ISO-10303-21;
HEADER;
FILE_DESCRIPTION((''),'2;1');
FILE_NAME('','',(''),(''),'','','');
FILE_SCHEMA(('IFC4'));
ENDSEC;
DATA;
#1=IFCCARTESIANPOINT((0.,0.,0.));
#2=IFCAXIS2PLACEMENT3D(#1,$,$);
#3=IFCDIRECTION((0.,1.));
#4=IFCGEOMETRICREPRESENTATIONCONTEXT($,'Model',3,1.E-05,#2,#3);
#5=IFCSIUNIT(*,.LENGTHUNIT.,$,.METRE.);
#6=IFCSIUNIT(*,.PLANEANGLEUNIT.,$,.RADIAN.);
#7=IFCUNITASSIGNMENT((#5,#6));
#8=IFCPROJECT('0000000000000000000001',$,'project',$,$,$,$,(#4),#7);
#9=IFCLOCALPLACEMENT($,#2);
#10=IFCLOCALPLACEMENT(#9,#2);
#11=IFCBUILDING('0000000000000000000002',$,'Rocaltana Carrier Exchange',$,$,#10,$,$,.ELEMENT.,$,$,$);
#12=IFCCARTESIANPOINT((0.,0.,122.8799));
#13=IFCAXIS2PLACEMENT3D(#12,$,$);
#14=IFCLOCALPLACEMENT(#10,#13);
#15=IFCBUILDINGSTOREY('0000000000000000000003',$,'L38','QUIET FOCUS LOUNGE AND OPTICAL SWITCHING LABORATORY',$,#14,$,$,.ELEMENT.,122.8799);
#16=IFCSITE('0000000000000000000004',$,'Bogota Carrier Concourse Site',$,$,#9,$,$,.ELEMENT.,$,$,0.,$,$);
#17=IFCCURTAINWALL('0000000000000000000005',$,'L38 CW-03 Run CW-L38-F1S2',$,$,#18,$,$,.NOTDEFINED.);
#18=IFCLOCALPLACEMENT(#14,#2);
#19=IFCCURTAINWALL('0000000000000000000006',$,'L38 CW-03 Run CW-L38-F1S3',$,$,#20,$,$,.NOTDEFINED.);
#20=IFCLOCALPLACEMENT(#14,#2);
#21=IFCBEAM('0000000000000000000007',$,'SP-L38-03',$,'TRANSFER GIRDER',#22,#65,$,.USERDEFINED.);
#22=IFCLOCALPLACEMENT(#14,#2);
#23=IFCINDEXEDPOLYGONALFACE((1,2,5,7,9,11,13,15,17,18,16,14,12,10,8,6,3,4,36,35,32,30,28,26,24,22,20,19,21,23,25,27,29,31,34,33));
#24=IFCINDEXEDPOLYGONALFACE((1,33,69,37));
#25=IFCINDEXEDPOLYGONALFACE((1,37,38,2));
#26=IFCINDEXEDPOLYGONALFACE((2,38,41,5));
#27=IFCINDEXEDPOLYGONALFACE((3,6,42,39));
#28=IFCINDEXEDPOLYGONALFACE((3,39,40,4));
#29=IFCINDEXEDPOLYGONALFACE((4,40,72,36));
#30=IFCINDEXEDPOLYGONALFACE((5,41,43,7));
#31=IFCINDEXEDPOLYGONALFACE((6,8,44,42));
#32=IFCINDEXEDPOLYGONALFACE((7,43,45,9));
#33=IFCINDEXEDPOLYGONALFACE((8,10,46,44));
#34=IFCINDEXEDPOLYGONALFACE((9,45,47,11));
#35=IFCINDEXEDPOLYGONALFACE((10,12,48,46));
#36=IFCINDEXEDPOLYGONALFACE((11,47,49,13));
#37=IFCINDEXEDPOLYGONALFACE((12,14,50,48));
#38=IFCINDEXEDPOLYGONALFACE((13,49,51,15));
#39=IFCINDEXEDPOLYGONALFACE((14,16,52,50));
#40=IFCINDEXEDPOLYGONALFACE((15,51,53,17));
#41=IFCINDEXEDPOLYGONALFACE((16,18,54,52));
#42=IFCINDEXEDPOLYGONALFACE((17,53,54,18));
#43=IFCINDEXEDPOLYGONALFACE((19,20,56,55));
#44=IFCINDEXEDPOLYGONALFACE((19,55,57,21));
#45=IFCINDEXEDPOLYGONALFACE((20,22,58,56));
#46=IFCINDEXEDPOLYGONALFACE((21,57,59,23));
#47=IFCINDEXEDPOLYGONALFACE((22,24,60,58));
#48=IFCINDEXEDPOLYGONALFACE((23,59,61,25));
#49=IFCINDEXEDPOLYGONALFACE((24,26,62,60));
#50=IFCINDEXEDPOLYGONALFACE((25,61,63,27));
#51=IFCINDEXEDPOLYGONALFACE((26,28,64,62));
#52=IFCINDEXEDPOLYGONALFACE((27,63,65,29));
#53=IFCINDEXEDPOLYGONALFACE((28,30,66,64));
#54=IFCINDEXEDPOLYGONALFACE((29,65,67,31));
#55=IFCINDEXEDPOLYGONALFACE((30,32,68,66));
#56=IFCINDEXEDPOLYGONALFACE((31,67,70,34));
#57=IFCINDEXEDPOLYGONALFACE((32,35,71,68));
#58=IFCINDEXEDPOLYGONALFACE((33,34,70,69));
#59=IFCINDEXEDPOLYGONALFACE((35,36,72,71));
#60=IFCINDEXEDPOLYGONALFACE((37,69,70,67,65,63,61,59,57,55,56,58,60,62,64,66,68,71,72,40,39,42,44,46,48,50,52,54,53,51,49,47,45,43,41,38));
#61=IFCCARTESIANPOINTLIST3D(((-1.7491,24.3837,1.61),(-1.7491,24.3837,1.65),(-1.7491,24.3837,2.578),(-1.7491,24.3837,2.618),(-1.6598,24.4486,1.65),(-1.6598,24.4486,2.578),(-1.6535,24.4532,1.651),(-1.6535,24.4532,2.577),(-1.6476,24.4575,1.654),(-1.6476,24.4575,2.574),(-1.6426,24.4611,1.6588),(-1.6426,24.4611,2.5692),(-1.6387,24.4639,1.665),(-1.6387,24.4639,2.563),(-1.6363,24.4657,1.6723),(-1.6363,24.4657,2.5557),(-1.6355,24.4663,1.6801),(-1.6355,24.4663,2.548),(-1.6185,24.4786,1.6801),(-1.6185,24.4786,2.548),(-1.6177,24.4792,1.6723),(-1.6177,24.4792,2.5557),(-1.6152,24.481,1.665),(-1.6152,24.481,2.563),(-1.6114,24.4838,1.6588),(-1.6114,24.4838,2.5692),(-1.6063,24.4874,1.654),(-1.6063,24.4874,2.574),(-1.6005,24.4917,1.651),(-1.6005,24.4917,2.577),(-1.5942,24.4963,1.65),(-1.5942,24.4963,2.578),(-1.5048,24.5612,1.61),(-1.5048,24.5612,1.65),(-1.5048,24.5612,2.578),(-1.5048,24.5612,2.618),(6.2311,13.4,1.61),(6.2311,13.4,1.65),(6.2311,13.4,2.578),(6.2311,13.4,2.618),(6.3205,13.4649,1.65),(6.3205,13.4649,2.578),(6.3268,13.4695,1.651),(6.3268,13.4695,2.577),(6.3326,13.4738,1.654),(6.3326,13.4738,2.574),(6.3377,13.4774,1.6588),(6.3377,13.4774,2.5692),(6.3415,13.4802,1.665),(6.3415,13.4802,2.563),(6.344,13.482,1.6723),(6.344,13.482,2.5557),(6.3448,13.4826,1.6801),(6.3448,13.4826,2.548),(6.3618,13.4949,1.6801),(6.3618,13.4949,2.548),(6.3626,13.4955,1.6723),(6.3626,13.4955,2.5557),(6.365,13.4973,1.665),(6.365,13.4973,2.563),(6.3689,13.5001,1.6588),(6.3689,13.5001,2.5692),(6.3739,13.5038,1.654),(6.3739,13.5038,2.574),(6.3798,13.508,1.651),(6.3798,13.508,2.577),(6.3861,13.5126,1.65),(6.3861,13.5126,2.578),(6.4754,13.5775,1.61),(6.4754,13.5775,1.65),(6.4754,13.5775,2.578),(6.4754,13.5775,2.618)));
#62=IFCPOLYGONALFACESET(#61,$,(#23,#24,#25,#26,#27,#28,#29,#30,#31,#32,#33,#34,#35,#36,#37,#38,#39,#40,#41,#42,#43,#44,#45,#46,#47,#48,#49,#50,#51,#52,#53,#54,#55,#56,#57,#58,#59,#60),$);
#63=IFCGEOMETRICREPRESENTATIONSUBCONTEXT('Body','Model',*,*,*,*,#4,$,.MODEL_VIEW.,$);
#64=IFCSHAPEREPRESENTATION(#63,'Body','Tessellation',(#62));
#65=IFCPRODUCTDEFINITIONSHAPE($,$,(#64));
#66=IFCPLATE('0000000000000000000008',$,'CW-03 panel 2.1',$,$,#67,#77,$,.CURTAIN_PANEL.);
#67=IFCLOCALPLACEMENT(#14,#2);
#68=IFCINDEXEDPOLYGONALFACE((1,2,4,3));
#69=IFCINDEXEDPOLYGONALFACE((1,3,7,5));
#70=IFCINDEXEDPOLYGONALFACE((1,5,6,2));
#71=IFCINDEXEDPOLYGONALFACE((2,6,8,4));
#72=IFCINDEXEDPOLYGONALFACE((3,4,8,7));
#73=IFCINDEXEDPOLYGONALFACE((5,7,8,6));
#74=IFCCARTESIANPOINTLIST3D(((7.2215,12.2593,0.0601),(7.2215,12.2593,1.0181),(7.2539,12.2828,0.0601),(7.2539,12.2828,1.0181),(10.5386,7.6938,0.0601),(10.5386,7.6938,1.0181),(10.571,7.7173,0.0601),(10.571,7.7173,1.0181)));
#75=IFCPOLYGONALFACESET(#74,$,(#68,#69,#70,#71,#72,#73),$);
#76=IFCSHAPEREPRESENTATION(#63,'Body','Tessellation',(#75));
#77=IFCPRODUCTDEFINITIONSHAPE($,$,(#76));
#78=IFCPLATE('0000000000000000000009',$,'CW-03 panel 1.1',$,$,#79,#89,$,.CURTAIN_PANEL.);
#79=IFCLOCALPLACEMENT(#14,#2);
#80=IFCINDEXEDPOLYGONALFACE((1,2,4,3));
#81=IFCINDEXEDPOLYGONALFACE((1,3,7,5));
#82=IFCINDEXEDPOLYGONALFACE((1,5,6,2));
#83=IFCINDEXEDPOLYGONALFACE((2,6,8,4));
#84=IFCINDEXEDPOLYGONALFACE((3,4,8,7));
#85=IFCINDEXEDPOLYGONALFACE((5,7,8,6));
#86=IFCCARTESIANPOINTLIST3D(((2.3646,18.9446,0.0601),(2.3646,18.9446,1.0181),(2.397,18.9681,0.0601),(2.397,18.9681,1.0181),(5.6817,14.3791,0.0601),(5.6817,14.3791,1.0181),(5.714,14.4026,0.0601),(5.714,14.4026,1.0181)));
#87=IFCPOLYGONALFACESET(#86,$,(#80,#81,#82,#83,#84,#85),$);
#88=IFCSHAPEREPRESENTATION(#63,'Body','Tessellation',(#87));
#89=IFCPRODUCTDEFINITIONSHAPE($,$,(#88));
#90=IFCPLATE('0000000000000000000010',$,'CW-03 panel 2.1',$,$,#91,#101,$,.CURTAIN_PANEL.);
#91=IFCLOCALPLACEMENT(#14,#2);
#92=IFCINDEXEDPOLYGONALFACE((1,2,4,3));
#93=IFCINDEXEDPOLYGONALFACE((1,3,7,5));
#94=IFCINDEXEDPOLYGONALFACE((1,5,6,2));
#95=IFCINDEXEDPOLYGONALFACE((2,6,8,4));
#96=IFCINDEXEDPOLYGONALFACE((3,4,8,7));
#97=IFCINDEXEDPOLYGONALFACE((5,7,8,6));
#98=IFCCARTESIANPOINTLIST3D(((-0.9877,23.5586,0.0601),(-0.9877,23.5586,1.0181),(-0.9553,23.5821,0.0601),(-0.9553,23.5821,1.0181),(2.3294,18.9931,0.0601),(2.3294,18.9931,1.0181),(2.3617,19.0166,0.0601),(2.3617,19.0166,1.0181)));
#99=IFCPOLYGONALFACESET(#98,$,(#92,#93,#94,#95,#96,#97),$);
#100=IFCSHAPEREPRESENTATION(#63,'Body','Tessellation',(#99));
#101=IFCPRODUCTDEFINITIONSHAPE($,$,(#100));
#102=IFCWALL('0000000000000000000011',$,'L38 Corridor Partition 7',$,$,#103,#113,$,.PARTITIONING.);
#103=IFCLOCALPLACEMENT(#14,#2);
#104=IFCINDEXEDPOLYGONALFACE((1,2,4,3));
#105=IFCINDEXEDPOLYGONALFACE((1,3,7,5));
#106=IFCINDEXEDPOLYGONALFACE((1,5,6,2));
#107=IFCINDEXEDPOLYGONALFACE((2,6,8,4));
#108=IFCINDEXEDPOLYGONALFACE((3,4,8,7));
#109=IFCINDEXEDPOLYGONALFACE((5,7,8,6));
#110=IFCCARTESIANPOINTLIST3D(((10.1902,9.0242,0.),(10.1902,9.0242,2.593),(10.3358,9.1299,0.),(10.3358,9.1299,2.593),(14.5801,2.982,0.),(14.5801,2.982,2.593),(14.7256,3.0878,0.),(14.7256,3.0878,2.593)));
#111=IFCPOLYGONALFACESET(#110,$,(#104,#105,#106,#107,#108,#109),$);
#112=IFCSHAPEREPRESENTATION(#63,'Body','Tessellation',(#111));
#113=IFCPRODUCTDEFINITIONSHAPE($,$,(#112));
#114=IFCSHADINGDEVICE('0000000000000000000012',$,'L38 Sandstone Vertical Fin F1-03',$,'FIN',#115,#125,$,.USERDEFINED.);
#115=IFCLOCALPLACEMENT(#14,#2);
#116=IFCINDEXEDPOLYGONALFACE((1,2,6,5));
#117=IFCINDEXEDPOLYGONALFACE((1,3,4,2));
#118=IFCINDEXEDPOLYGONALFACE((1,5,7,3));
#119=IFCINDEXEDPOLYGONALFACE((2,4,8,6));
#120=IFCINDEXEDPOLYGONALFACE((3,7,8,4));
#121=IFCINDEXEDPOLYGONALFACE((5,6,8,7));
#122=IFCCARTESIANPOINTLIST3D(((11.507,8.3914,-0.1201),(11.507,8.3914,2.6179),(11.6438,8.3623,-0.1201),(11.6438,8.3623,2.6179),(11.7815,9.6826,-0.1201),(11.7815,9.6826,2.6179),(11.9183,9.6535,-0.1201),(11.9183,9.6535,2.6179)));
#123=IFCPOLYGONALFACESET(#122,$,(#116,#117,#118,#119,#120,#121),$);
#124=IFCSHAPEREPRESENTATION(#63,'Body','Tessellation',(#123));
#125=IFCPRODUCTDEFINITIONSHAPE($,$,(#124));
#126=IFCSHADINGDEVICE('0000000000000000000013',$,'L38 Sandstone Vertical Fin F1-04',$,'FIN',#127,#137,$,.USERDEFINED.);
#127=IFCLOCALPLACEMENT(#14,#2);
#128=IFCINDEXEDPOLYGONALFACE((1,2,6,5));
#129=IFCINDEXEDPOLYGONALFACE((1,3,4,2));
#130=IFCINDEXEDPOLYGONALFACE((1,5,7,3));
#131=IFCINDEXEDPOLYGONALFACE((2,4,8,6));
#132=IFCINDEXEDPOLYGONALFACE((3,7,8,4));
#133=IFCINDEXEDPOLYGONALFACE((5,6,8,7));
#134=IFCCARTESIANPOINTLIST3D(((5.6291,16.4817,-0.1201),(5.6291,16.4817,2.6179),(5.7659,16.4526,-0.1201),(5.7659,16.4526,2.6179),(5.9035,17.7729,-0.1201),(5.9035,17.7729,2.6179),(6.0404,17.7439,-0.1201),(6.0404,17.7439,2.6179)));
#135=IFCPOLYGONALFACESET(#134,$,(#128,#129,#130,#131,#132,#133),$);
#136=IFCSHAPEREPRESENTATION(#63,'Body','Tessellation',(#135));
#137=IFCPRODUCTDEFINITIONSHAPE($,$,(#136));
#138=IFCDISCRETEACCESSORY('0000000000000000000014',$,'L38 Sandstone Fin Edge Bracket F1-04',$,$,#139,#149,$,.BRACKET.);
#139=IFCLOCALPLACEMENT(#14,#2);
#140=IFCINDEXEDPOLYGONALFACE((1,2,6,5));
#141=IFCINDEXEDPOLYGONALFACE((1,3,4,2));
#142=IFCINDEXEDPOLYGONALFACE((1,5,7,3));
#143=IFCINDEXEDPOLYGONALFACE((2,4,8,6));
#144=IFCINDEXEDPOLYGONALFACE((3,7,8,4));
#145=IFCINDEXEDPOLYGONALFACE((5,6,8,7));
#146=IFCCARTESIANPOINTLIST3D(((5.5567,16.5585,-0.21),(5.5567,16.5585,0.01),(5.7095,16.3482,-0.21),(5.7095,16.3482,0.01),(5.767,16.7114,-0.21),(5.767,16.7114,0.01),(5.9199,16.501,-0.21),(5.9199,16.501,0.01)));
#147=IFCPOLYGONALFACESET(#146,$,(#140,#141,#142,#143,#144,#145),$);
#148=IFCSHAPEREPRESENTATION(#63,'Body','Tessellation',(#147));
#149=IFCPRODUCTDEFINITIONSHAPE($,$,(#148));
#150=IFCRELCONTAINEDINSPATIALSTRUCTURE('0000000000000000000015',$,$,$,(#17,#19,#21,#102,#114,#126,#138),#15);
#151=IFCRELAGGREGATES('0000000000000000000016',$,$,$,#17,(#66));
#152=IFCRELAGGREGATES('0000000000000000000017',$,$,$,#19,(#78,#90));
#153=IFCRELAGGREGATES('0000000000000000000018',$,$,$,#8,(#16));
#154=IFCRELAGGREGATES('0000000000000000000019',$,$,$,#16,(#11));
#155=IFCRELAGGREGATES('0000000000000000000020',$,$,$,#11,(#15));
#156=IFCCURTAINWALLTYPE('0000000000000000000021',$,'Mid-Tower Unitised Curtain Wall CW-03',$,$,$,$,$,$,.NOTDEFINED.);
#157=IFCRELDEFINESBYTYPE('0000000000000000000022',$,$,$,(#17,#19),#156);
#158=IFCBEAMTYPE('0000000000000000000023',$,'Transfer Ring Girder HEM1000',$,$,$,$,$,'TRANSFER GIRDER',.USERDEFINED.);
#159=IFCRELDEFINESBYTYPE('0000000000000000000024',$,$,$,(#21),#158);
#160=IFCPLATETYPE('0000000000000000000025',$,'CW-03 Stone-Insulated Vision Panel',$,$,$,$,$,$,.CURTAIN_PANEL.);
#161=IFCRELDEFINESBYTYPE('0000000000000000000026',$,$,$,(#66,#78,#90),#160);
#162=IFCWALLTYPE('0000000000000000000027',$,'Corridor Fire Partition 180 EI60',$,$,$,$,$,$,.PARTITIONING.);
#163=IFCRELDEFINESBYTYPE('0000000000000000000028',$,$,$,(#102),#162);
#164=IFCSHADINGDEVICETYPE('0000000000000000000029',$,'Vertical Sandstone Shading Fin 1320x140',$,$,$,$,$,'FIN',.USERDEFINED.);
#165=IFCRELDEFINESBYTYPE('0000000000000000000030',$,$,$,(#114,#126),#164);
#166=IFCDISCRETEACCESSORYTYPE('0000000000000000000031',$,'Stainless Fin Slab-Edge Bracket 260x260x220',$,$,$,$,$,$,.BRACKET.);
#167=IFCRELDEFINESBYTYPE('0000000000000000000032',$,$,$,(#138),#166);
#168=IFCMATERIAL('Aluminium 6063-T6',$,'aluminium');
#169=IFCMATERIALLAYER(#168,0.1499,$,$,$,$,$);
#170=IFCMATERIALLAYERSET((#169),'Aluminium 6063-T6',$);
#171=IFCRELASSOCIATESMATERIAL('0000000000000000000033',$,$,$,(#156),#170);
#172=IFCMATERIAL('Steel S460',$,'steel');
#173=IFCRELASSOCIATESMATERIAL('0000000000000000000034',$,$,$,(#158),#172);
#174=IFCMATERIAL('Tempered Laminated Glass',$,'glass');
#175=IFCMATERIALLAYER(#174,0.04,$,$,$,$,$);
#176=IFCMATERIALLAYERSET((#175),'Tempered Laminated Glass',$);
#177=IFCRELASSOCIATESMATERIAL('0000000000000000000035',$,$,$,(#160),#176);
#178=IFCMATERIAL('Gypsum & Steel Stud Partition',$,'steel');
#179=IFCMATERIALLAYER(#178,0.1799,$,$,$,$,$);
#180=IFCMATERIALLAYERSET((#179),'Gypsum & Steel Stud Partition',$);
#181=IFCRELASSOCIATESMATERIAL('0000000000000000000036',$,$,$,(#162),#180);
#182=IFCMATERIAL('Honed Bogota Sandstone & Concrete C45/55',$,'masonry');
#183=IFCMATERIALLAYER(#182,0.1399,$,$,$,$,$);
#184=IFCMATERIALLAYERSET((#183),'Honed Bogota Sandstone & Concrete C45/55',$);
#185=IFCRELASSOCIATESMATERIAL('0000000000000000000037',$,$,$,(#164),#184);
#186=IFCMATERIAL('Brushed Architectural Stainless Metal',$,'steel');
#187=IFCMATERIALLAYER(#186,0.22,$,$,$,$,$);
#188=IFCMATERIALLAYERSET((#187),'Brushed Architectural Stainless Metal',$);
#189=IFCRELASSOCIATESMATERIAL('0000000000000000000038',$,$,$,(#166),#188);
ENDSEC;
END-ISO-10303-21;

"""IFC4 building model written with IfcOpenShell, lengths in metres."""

from ifc_helpers import new_model, si_unit, direction, frame, frame_2d, origin, origin_2d, place, context, subcontext, project, spatial, rectangle, i_section, extrude, material, layer, layer_set, material_profile, profile_set, type_object, element, aggregate, save


model = new_model("IFC4")

# Units and contexts
model_context = context("Model", 3, precision=1e-05, world=origin(), true_north=direction((0.0, 1.0)))
body_context = subcontext(model_context, "Body", "Model", "MODEL_VIEW")
ifc_project = project(units=[si_unit("LENGTHUNIT", "METRE"), si_unit("PLANEANGLEUNIT", "RADIAN")], contexts=[model_context])

# Site, building, storey
site_placement = place(None, origin())
site = spatial("IfcSite", under=ifc_project, at=site_placement, Name="Bogota Carrier Concourse Site", CompositionType="ELEMENT", RefElevation=0.0)
building_placement = place(site_placement, origin())
building = spatial("IfcBuilding", under=site, at=building_placement, Name="Rocaltana Carrier Exchange", CompositionType="ELEMENT")
storey_placement = place(building_placement, frame((0.0, 0.0, 122.8799)))
storey = spatial("IfcBuildingStorey", under=building, at=storey_placement, Name="L38", Description="QUIET FOCUS LOUNGE AND OPTICAL SWITCHING LABORATORY", CompositionType="ELEMENT", Elevation=122.8799)

# Curtain wall
ifc_material_1 = material(Name="Aluminium 6063-T6", Category="aluminium")
ifc_layer_1 = layer(ifc_material_1, 0.1499)
ifc_layer_set_1 = layer_set([ifc_layer_1], Name="Aluminium 6063-T6")
curtain_wall_type = type_object("IfcCurtainWallType", Name="Mid-Tower Unitised Curtain Wall CW-03", PredefinedType="NOTDEFINED", material=ifc_layer_set_1)
curtain_wall_1_placement = place(storey_placement, origin())
curtain_wall_1 = element("IfcCurtainWall", 1, at=curtain_wall_1_placement, inside=storey, type_object=curtain_wall_type, Name="L38 CW-03 Run CW-L38-F1S2", PredefinedType="NOTDEFINED")

# Curtain wall
curtain_wall_2_placement = place(storey_placement, origin())
curtain_wall_2 = element("IfcCurtainWall", 2, at=curtain_wall_2_placement, inside=storey, type_object=curtain_wall_type, Name="L38 CW-03 Run CW-L38-F1S3", PredefinedType="NOTDEFINED")

# Beam
ifc_material_2 = material(Name="Steel S460", Category="steel")
ifc_material_profile_1 = material_profile(ifc_material_2, i_section(OverallWidth=0.302, OverallDepth=1.0081, WebThickness=0.021, FlangeThickness=0.04, FilletRadius=0.03, at=origin_2d()), Name="HEM1000")
ifc_profile_set_1 = profile_set([ifc_material_profile_1], Name="Steel S460")
beam_type_1 = type_object("IfcBeamType", Name="Transfer Ring Girder HEM1000", ElementType="TRANSFER GIRDER", PredefinedType="USERDEFINED", material=ifc_profile_set_1)
beam_1_placement = place(storey_placement, frame((6.3533, 13.4888, 2.114), z_axis=(-0.587792, 0.809012, 0.0), x_axis=(-0.809012, -0.587792, 0.0)))
element("IfcBeam", 3, at=beam_1_placement, inside=storey, type_object=beam_type_1, Name="SP-L38-03", ObjectType="TRANSFER GIRDER", PredefinedType="USERDEFINED", context=body_context, shape_type="SweptSolid", body=[
    extrude(i_section(OverallWidth=0.302, OverallDepth=1.0081, WebThickness=0.021, FlangeThickness=0.04, FilletRadius=0.03, at=origin_2d()), origin(), (0.0, 0.0, 1.0), 13.5767),
])

# Plates
ifc_material_3 = material(Name="Tempered Laminated Glass", Category="glass")
ifc_layer_2 = layer(ifc_material_3, 0.04)
ifc_layer_set_2 = layer_set([ifc_layer_2], Name="Tempered Laminated Glass")
plate_type = type_object("IfcPlateType", Name="CW-03 Stone-Insulated Vision Panel", PredefinedType="CURTAIN_PANEL", material=ifc_layer_set_2)
plate_1_placement = place(storey_placement, frame((8.8962, 9.9883, 0.0601), z_axis=(0.0, 0.0, 1.0), x_axis=(-0.58779, 0.809014, 0.0)))
plate_1 = element("IfcPlate", 4, at=plate_1_placement, type_object=plate_type, Name="CW-03 panel 2.1", PredefinedType="CURTAIN_PANEL", context=body_context, shape_type="SweptSolid", body=[
    extrude(rectangle(XDim=5.6433, YDim=0.04, at=origin_2d()), origin(), (0.0, 0.0, 1.0), 0.958),
])
aggregate(curtain_wall_1, [plate_1])
plate_2_placement = place(storey_placement, frame((4.0393, 16.6736, 0.0601), z_axis=(0.0, 0.0, 1.0), x_axis=(-0.58779, 0.809014, 0.0)))
plate_2 = element("IfcPlate", 5, at=plate_2_placement, type_object=plate_type, Name="CW-03 panel 1.1", PredefinedType="CURTAIN_PANEL", context=body_context, shape_type="SweptSolid", body=[
    extrude(rectangle(XDim=5.6433, YDim=0.04, at=origin_2d()), origin(), (0.0, 0.0, 1.0), 0.958),
])
plate_3_placement = place(storey_placement, frame((0.687, 21.2876, 0.0601), z_axis=(0.0, 0.0, 1.0), x_axis=(-0.58779, 0.809014, 0.0)))
plate_3 = element("IfcPlate", 6, at=plate_3_placement, type_object=plate_type, Name="CW-03 panel 2.1", PredefinedType="CURTAIN_PANEL", context=body_context, shape_type="SweptSolid", body=[
    extrude(rectangle(XDim=5.6433, YDim=0.04, at=origin_2d()), origin(), (0.0, 0.0, 1.0), 0.958),
])
aggregate(curtain_wall_2, [plate_2, plate_3])

# Wall
ifc_material_4 = material(Name="Gypsum & Steel Stud Partition", Category="steel")
ifc_layer_3 = layer(ifc_material_4, 0.1799)
ifc_layer_set_3 = layer_set([ifc_layer_3], Name="Gypsum & Steel Stud Partition")
wall_type = type_object("IfcWallType", Name="Corridor Fire Partition 180 EI60", PredefinedType="PARTITIONING", material=ifc_layer_set_3)
wall_placement = place(storey_placement, frame((10.2629, 9.0771, 0.0), z_axis=(0.0, 0.0, 1.0), x_axis=(0.587781, -0.80902, 0.0)))
element("IfcWall", 7, at=wall_placement, inside=storey, type_object=wall_type, Name="L38 Corridor Partition 7", PredefinedType="PARTITIONING", context=body_context, shape_type="SweptSolid", body=[
    extrude(rectangle(XDim=7.4685, YDim=0.1799, at=frame_2d((3.7344, 0.0))), origin(), (0.0, 0.0, 1.0), 2.593),
])

# Shading devices
ifc_material_5 = material(Name="Honed Bogota Sandstone & Concrete C45/55", Category="masonry")
ifc_layer_4 = layer(ifc_material_5, 0.1399)
ifc_layer_set_4 = layer_set([ifc_layer_4], Name="Honed Bogota Sandstone & Concrete C45/55")
shading_device_type = type_object("IfcShadingDeviceType", Name="Vertical Sandstone Shading Fin 1320x140", ElementType="FIN", PredefinedType="USERDEFINED", material=ifc_layer_set_4)
for number, where, z_axis, x_axis, name in (
    (8, (11.7126, 9.0225, -0.1201), (0.0, 0.0, 1.0), (0.207912, 0.978148, 0.0), "L38 Sandstone Vertical Fin F1-03"),
    (9, (5.8347, 17.1128, -0.1201), (0.0, 0.0, 1.0), (0.207912, 0.978148, 0.0), "L38 Sandstone Vertical Fin F1-04"),
):
    element("IfcShadingDevice", number, at=place(storey_placement, frame(where, z_axis=z_axis, x_axis=x_axis)), inside=storey, type_object=shading_device_type, Name=name, ObjectType="FIN", PredefinedType="USERDEFINED", context=body_context, shape_type="SweptSolid", body=[
        extrude(rectangle(XDim=1.3201, YDim=0.1399, at=origin_2d()), origin(), (0.0, 0.0, 1.0), 2.738),
    ])

# Discrete accessory
ifc_material_6 = material(Name="Brushed Architectural Stainless Metal", Category="steel")
ifc_layer_5 = layer(ifc_material_6, 0.22)
ifc_layer_set_5 = layer_set([ifc_layer_5], Name="Brushed Architectural Stainless Metal")
discrete_accessory_type = type_object("IfcDiscreteAccessoryType", Name="Stainless Fin Slab-Edge Bracket 260x260x220", PredefinedType="BRACKET", material=ifc_layer_set_5)
discrete_accessory_placement = place(storey_placement, frame((5.7383, 16.5298, -0.21), z_axis=(0.0, 0.0, 1.0), x_axis=(-0.587785, 0.809017, 0.0)))
element("IfcDiscreteAccessory", 10, at=discrete_accessory_placement, inside=storey, type_object=discrete_accessory_type, Name="L38 Sandstone Fin Edge Bracket F1-04", PredefinedType="BRACKET", context=body_context, shape_type="SweptSolid", body=[
    extrude(rectangle(XDim=0.26, YDim=0.26, at=origin_2d()), origin(), (0.0, 0.0, 1.0), 0.22),
])

save(model, "model.ifc")
